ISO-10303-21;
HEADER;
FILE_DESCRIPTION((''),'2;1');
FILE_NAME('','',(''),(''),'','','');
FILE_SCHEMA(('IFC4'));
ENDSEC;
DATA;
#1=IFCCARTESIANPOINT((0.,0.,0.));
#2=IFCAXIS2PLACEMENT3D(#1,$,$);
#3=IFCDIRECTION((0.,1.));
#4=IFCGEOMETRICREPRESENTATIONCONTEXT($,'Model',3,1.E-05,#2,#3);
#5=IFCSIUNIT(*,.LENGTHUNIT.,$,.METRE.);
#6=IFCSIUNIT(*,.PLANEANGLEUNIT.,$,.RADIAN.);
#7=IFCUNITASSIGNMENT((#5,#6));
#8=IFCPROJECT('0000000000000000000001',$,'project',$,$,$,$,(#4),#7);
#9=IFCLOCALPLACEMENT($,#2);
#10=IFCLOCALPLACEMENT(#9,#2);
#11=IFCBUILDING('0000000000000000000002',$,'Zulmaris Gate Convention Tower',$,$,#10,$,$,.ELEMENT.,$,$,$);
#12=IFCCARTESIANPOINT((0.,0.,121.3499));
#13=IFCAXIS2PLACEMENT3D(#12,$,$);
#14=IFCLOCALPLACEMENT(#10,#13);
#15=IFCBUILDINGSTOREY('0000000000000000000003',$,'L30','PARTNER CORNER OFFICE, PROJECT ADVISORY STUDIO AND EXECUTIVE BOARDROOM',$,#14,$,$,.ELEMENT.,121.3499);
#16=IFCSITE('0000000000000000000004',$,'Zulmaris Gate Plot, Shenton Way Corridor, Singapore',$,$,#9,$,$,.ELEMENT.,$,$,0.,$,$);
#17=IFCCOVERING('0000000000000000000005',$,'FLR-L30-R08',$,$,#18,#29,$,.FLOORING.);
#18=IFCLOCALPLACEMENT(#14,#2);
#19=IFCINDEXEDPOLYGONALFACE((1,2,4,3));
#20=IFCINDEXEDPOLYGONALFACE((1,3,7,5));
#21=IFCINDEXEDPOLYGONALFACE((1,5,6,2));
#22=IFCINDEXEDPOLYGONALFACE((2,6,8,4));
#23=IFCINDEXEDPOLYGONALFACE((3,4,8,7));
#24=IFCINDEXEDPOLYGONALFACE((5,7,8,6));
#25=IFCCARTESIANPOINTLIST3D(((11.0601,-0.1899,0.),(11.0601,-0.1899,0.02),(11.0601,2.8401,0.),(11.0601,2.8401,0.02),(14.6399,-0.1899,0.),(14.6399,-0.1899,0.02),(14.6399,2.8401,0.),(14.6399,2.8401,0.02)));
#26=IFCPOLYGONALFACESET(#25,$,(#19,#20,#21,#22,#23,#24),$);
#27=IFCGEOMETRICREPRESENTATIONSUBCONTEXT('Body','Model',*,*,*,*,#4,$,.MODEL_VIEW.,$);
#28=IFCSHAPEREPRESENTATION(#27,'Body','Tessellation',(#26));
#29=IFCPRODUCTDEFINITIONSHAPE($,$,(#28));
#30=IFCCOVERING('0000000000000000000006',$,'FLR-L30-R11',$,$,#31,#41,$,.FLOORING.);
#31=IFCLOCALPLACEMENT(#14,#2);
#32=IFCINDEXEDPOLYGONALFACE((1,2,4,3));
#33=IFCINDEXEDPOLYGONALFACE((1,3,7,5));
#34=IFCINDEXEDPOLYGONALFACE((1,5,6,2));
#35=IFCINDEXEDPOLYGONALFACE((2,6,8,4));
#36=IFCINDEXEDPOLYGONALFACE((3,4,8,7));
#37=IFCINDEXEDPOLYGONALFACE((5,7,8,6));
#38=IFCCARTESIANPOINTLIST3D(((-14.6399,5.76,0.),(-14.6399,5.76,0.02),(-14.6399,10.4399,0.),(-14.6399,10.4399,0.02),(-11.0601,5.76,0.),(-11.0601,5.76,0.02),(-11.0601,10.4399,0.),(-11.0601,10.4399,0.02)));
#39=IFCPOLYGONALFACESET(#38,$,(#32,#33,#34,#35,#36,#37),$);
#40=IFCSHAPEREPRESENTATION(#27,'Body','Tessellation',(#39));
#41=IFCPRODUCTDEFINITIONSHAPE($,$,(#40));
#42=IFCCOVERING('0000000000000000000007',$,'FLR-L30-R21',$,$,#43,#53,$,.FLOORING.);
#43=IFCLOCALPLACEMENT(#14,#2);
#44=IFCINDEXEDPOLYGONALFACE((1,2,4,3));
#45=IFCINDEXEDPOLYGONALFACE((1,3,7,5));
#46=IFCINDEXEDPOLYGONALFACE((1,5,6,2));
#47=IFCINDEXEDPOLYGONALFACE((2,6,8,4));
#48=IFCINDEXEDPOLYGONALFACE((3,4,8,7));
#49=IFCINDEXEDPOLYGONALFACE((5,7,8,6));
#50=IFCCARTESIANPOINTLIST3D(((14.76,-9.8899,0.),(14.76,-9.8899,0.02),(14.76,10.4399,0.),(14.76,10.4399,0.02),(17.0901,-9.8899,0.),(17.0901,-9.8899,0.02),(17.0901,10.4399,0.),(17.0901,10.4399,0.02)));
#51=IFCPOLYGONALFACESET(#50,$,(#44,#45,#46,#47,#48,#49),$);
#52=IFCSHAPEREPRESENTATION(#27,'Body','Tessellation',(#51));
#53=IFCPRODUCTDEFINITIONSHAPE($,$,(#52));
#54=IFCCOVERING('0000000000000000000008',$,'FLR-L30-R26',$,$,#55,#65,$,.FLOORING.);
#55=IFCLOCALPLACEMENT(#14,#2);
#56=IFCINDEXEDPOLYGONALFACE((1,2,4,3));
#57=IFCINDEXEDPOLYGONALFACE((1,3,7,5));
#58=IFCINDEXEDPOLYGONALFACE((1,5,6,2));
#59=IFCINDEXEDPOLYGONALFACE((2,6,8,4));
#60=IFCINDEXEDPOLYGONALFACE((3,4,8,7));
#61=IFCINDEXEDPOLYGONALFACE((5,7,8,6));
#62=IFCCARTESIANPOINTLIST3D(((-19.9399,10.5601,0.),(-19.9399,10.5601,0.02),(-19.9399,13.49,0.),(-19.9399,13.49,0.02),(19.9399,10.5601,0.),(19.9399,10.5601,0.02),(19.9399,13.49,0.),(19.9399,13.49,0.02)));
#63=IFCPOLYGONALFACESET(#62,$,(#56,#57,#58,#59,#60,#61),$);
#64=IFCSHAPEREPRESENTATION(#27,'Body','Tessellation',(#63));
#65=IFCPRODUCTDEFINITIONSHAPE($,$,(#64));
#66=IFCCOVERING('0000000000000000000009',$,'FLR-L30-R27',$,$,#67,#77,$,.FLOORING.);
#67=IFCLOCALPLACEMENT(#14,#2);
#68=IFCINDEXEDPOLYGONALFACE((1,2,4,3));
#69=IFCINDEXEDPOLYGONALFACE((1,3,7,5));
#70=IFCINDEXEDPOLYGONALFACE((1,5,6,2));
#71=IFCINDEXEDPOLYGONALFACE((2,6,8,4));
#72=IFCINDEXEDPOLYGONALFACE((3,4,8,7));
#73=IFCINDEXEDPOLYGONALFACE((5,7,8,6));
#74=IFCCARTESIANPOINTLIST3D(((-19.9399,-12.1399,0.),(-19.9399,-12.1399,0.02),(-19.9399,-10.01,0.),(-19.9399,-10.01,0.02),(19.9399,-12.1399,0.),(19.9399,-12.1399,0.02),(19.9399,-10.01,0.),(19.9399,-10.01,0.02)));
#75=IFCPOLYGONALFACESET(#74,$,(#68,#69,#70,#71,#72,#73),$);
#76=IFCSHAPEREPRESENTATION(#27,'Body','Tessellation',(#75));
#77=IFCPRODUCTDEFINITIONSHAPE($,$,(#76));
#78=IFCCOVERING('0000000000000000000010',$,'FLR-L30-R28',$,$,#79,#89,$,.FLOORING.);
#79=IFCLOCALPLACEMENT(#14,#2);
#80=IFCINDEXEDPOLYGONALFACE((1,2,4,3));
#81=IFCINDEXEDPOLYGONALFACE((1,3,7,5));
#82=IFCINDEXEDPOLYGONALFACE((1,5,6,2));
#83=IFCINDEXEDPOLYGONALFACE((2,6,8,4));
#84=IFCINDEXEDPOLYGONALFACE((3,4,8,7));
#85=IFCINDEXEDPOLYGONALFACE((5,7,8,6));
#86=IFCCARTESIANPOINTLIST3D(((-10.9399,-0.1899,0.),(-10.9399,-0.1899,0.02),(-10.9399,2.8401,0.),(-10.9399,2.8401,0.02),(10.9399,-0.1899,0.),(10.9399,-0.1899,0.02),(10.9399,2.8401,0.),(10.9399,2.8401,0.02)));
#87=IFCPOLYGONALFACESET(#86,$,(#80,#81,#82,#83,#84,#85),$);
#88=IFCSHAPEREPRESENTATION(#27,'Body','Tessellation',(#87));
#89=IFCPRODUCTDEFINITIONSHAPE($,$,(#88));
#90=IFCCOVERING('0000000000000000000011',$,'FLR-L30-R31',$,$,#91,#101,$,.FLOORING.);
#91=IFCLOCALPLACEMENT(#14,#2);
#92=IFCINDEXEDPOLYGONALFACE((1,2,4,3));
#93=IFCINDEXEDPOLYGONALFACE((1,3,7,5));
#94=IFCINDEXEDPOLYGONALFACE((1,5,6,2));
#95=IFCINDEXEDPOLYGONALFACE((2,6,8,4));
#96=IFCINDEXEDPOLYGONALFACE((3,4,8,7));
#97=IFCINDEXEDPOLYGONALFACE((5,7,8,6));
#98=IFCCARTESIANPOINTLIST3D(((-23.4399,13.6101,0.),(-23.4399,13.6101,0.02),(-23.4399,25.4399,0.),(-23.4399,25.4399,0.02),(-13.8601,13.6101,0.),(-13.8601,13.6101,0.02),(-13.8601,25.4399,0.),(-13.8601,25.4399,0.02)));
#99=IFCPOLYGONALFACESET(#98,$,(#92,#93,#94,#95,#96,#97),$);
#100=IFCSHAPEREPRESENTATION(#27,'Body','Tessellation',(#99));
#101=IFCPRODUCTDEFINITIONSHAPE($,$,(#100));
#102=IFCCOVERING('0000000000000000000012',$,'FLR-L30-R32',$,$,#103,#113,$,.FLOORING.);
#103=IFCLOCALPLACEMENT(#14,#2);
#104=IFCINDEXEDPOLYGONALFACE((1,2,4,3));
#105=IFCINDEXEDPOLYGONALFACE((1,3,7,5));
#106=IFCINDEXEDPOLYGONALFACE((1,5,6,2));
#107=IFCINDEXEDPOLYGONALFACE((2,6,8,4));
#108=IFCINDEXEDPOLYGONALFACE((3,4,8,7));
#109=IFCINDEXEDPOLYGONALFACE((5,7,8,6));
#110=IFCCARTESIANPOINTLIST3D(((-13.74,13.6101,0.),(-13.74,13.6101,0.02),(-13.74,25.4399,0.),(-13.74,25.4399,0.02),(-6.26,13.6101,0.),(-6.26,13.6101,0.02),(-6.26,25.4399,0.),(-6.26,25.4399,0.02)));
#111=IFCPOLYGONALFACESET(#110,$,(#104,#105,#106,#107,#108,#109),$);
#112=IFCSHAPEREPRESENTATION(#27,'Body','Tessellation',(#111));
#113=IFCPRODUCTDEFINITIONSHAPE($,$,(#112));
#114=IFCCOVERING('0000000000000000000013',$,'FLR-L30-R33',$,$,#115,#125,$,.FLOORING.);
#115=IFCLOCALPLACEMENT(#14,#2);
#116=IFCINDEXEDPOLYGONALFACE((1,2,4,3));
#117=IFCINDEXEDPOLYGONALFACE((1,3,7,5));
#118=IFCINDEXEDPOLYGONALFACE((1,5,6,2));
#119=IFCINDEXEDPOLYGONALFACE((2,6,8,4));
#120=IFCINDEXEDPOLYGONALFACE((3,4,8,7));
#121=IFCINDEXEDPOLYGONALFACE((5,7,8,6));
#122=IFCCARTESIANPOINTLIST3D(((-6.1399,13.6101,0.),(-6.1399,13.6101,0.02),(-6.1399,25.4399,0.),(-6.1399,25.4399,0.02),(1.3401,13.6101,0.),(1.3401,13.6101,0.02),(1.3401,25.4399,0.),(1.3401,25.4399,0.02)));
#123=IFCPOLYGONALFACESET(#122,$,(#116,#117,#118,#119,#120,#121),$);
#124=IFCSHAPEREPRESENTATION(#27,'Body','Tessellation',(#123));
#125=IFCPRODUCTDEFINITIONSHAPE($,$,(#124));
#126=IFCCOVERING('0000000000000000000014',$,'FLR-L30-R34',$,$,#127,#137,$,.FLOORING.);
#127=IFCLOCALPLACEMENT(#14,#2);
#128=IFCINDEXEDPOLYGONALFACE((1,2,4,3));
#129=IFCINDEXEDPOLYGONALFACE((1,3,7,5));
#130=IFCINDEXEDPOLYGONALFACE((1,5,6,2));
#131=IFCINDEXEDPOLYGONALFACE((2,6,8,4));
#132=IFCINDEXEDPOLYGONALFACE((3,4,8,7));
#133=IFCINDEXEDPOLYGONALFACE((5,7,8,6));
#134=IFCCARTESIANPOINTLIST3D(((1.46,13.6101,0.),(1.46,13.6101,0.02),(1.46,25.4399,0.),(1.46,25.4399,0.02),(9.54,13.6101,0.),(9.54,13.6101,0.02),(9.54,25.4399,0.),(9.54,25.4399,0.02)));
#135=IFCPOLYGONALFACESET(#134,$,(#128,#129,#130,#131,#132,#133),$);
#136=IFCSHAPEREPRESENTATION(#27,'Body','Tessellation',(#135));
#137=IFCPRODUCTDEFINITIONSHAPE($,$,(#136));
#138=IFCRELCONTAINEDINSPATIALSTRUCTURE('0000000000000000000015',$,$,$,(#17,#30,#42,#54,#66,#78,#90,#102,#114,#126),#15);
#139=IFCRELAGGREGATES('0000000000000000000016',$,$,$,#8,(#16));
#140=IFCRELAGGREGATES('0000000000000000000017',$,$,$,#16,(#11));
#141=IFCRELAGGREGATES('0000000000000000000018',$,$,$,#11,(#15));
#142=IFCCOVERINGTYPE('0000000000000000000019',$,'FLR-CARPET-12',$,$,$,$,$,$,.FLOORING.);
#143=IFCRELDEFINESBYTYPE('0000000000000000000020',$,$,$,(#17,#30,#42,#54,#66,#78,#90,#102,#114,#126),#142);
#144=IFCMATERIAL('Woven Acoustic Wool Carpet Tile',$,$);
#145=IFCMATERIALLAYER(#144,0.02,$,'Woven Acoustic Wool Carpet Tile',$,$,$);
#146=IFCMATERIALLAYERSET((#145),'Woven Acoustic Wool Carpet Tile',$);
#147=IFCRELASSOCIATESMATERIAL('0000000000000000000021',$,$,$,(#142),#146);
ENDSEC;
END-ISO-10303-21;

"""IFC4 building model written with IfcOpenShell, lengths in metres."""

from ifc_helpers import new_model, si_unit, direction, frame, origin, place, context, subcontext, project, spatial, polyline, outline, extrude, material, layer, layer_set, type_object, element, save


model = new_model("IFC4")

# Units and contexts
model_context = context("Model", 3, precision=1e-05, world=origin(), true_north=direction((0.0, 1.0)))
body_context = subcontext(model_context, "Body", "Model", "MODEL_VIEW")
ifc_project = project(units=[si_unit("LENGTHUNIT", "METRE"), si_unit("PLANEANGLEUNIT", "RADIAN")], contexts=[model_context])

# Site, building, storey
site_placement = place(None, origin())
site = spatial("IfcSite", under=ifc_project, at=site_placement, Name="Zulmaris Gate Plot, Shenton Way Corridor, Singapore", CompositionType="ELEMENT", RefElevation=0.0)
building_placement = place(site_placement, origin())
building = spatial("IfcBuilding", under=site, at=building_placement, Name="Zulmaris Gate Convention Tower", CompositionType="ELEMENT")
storey_placement = place(building_placement, frame((0.0, 0.0, 121.3499)))
storey = spatial("IfcBuildingStorey", under=building, at=storey_placement, Name="L30", Description="PARTNER CORNER OFFICE, PROJECT ADVISORY STUDIO AND EXECUTIVE BOARDROOM", CompositionType="ELEMENT", Elevation=121.3499)

# Coverings
ifc_material_1 = material(Name="Woven Acoustic Wool Carpet Tile")
ifc_layer_1 = layer(ifc_material_1, 0.02, Name="Woven Acoustic Wool Carpet Tile")
ifc_layer_set_1 = layer_set([ifc_layer_1], Name="Woven Acoustic Wool Carpet Tile")
covering_type_1 = type_object("IfcCoveringType", Name="FLR-CARPET-12", PredefinedType="FLOORING", material=ifc_layer_set_1)
covering_1_placement = place(storey_placement, origin())
element("IfcCovering", 1, at=covering_1_placement, inside=storey, type_object=covering_type_1, Name="FLR-L30-R08", PredefinedType="FLOORING", context=body_context, shape_type="SweptSolid", body=[
    extrude(outline(polyline([(11.0601, -0.1899), (14.6399, -0.1899), (14.6399, 2.8401), (11.0601, 2.8401), (11.0601, -0.1899)])), origin(), (0.0, 0.0, 1.0), 0.02),
])
covering_2_placement = place(storey_placement, origin())
element("IfcCovering", 2, at=covering_2_placement, inside=storey, type_object=covering_type_1, Name="FLR-L30-R11", PredefinedType="FLOORING", context=body_context, shape_type="SweptSolid", body=[
    extrude(outline(polyline([(-14.6399, 5.76), (-11.0601, 5.76), (-11.0601, 10.4399), (-14.6399, 10.4399), (-14.6399, 5.76)])), origin(), (0.0, 0.0, 1.0), 0.02),
])
covering_3_placement = place(storey_placement, origin())
element("IfcCovering", 3, at=covering_3_placement, inside=storey, type_object=covering_type_1, Name="FLR-L30-R21", PredefinedType="FLOORING", context=body_context, shape_type="SweptSolid", body=[
    extrude(outline(polyline([(14.76, -9.8899), (17.0901, -9.8899), (17.0901, 10.4399), (14.76, 10.4399), (14.76, -9.8899)])), origin(), (0.0, 0.0, 1.0), 0.02),
])
covering_4_placement = place(storey_placement, origin())
element("IfcCovering", 4, at=covering_4_placement, inside=storey, type_object=covering_type_1, Name="FLR-L30-R26", PredefinedType="FLOORING", context=body_context, shape_type="SweptSolid", body=[
    extrude(outline(polyline([(-19.9399, 10.5601), (19.9399, 10.5601), (19.9399, 13.49), (-19.9399, 13.49), (-19.9399, 10.5601)])), origin(), (0.0, 0.0, 1.0), 0.02),
])
covering_5_placement = place(storey_placement, origin())
element("IfcCovering", 5, at=covering_5_placement, inside=storey, type_object=covering_type_1, Name="FLR-L30-R27", PredefinedType="FLOORING", context=body_context, shape_type="SweptSolid", body=[
    extrude(outline(polyline([(-19.9399, -12.1399), (19.9399, -12.1399), (19.9399, -10.01), (-19.9399, -10.01), (-19.9399, -12.1399)])), origin(), (0.0, 0.0, 1.0), 0.02),
])
covering_6_placement = place(storey_placement, origin())
element("IfcCovering", 6, at=covering_6_placement, inside=storey, type_object=covering_type_1, Name="FLR-L30-R28", PredefinedType="FLOORING", context=body_context, shape_type="SweptSolid", body=[
    extrude(outline(polyline([(-10.9399, -0.1899), (10.9399, -0.1899), (10.9399, 2.8401), (-10.9399, 2.8401), (-10.9399, -0.1899)])), origin(), (0.0, 0.0, 1.0), 0.02),
])
covering_7_placement = place(storey_placement, origin())
element("IfcCovering", 7, at=covering_7_placement, inside=storey, type_object=covering_type_1, Name="FLR-L30-R31", PredefinedType="FLOORING", context=body_context, shape_type="SweptSolid", body=[
    extrude(outline(polyline([(-23.4399, 13.6101), (-13.8601, 13.6101), (-13.8601, 25.4399), (-23.4399, 25.4399), (-23.4399, 13.6101)])), origin(), (0.0, 0.0, 1.0), 0.02),
])
covering_8_placement = place(storey_placement, origin())
element("IfcCovering", 8, at=covering_8_placement, inside=storey, type_object=covering_type_1, Name="FLR-L30-R32", PredefinedType="FLOORING", context=body_context, shape_type="SweptSolid", body=[
    extrude(outline(polyline([(-13.74, 13.6101), (-6.26, 13.6101), (-6.26, 25.4399), (-13.74, 25.4399), (-13.74, 13.6101)])), origin(), (0.0, 0.0, 1.0), 0.02),
])
covering_9_placement = place(storey_placement, origin())
element("IfcCovering", 9, at=covering_9_placement, inside=storey, type_object=covering_type_1, Name="FLR-L30-R33", PredefinedType="FLOORING", context=body_context, shape_type="SweptSolid", body=[
    extrude(outline(polyline([(-6.1399, 13.6101), (1.3401, 13.6101), (1.3401, 25.4399), (-6.1399, 25.4399), (-6.1399, 13.6101)])), origin(), (0.0, 0.0, 1.0), 0.02),
])
covering_10_placement = place(storey_placement, origin())
element("IfcCovering", 10, at=covering_10_placement, inside=storey, type_object=covering_type_1, Name="FLR-L30-R34", PredefinedType="FLOORING", context=body_context, shape_type="SweptSolid", body=[
    extrude(outline(polyline([(1.46, 13.6101), (9.54, 13.6101), (9.54, 25.4399), (1.46, 25.4399), (1.46, 13.6101)])), origin(), (0.0, 0.0, 1.0), 0.02),
])

save(model, "model.ifc")
